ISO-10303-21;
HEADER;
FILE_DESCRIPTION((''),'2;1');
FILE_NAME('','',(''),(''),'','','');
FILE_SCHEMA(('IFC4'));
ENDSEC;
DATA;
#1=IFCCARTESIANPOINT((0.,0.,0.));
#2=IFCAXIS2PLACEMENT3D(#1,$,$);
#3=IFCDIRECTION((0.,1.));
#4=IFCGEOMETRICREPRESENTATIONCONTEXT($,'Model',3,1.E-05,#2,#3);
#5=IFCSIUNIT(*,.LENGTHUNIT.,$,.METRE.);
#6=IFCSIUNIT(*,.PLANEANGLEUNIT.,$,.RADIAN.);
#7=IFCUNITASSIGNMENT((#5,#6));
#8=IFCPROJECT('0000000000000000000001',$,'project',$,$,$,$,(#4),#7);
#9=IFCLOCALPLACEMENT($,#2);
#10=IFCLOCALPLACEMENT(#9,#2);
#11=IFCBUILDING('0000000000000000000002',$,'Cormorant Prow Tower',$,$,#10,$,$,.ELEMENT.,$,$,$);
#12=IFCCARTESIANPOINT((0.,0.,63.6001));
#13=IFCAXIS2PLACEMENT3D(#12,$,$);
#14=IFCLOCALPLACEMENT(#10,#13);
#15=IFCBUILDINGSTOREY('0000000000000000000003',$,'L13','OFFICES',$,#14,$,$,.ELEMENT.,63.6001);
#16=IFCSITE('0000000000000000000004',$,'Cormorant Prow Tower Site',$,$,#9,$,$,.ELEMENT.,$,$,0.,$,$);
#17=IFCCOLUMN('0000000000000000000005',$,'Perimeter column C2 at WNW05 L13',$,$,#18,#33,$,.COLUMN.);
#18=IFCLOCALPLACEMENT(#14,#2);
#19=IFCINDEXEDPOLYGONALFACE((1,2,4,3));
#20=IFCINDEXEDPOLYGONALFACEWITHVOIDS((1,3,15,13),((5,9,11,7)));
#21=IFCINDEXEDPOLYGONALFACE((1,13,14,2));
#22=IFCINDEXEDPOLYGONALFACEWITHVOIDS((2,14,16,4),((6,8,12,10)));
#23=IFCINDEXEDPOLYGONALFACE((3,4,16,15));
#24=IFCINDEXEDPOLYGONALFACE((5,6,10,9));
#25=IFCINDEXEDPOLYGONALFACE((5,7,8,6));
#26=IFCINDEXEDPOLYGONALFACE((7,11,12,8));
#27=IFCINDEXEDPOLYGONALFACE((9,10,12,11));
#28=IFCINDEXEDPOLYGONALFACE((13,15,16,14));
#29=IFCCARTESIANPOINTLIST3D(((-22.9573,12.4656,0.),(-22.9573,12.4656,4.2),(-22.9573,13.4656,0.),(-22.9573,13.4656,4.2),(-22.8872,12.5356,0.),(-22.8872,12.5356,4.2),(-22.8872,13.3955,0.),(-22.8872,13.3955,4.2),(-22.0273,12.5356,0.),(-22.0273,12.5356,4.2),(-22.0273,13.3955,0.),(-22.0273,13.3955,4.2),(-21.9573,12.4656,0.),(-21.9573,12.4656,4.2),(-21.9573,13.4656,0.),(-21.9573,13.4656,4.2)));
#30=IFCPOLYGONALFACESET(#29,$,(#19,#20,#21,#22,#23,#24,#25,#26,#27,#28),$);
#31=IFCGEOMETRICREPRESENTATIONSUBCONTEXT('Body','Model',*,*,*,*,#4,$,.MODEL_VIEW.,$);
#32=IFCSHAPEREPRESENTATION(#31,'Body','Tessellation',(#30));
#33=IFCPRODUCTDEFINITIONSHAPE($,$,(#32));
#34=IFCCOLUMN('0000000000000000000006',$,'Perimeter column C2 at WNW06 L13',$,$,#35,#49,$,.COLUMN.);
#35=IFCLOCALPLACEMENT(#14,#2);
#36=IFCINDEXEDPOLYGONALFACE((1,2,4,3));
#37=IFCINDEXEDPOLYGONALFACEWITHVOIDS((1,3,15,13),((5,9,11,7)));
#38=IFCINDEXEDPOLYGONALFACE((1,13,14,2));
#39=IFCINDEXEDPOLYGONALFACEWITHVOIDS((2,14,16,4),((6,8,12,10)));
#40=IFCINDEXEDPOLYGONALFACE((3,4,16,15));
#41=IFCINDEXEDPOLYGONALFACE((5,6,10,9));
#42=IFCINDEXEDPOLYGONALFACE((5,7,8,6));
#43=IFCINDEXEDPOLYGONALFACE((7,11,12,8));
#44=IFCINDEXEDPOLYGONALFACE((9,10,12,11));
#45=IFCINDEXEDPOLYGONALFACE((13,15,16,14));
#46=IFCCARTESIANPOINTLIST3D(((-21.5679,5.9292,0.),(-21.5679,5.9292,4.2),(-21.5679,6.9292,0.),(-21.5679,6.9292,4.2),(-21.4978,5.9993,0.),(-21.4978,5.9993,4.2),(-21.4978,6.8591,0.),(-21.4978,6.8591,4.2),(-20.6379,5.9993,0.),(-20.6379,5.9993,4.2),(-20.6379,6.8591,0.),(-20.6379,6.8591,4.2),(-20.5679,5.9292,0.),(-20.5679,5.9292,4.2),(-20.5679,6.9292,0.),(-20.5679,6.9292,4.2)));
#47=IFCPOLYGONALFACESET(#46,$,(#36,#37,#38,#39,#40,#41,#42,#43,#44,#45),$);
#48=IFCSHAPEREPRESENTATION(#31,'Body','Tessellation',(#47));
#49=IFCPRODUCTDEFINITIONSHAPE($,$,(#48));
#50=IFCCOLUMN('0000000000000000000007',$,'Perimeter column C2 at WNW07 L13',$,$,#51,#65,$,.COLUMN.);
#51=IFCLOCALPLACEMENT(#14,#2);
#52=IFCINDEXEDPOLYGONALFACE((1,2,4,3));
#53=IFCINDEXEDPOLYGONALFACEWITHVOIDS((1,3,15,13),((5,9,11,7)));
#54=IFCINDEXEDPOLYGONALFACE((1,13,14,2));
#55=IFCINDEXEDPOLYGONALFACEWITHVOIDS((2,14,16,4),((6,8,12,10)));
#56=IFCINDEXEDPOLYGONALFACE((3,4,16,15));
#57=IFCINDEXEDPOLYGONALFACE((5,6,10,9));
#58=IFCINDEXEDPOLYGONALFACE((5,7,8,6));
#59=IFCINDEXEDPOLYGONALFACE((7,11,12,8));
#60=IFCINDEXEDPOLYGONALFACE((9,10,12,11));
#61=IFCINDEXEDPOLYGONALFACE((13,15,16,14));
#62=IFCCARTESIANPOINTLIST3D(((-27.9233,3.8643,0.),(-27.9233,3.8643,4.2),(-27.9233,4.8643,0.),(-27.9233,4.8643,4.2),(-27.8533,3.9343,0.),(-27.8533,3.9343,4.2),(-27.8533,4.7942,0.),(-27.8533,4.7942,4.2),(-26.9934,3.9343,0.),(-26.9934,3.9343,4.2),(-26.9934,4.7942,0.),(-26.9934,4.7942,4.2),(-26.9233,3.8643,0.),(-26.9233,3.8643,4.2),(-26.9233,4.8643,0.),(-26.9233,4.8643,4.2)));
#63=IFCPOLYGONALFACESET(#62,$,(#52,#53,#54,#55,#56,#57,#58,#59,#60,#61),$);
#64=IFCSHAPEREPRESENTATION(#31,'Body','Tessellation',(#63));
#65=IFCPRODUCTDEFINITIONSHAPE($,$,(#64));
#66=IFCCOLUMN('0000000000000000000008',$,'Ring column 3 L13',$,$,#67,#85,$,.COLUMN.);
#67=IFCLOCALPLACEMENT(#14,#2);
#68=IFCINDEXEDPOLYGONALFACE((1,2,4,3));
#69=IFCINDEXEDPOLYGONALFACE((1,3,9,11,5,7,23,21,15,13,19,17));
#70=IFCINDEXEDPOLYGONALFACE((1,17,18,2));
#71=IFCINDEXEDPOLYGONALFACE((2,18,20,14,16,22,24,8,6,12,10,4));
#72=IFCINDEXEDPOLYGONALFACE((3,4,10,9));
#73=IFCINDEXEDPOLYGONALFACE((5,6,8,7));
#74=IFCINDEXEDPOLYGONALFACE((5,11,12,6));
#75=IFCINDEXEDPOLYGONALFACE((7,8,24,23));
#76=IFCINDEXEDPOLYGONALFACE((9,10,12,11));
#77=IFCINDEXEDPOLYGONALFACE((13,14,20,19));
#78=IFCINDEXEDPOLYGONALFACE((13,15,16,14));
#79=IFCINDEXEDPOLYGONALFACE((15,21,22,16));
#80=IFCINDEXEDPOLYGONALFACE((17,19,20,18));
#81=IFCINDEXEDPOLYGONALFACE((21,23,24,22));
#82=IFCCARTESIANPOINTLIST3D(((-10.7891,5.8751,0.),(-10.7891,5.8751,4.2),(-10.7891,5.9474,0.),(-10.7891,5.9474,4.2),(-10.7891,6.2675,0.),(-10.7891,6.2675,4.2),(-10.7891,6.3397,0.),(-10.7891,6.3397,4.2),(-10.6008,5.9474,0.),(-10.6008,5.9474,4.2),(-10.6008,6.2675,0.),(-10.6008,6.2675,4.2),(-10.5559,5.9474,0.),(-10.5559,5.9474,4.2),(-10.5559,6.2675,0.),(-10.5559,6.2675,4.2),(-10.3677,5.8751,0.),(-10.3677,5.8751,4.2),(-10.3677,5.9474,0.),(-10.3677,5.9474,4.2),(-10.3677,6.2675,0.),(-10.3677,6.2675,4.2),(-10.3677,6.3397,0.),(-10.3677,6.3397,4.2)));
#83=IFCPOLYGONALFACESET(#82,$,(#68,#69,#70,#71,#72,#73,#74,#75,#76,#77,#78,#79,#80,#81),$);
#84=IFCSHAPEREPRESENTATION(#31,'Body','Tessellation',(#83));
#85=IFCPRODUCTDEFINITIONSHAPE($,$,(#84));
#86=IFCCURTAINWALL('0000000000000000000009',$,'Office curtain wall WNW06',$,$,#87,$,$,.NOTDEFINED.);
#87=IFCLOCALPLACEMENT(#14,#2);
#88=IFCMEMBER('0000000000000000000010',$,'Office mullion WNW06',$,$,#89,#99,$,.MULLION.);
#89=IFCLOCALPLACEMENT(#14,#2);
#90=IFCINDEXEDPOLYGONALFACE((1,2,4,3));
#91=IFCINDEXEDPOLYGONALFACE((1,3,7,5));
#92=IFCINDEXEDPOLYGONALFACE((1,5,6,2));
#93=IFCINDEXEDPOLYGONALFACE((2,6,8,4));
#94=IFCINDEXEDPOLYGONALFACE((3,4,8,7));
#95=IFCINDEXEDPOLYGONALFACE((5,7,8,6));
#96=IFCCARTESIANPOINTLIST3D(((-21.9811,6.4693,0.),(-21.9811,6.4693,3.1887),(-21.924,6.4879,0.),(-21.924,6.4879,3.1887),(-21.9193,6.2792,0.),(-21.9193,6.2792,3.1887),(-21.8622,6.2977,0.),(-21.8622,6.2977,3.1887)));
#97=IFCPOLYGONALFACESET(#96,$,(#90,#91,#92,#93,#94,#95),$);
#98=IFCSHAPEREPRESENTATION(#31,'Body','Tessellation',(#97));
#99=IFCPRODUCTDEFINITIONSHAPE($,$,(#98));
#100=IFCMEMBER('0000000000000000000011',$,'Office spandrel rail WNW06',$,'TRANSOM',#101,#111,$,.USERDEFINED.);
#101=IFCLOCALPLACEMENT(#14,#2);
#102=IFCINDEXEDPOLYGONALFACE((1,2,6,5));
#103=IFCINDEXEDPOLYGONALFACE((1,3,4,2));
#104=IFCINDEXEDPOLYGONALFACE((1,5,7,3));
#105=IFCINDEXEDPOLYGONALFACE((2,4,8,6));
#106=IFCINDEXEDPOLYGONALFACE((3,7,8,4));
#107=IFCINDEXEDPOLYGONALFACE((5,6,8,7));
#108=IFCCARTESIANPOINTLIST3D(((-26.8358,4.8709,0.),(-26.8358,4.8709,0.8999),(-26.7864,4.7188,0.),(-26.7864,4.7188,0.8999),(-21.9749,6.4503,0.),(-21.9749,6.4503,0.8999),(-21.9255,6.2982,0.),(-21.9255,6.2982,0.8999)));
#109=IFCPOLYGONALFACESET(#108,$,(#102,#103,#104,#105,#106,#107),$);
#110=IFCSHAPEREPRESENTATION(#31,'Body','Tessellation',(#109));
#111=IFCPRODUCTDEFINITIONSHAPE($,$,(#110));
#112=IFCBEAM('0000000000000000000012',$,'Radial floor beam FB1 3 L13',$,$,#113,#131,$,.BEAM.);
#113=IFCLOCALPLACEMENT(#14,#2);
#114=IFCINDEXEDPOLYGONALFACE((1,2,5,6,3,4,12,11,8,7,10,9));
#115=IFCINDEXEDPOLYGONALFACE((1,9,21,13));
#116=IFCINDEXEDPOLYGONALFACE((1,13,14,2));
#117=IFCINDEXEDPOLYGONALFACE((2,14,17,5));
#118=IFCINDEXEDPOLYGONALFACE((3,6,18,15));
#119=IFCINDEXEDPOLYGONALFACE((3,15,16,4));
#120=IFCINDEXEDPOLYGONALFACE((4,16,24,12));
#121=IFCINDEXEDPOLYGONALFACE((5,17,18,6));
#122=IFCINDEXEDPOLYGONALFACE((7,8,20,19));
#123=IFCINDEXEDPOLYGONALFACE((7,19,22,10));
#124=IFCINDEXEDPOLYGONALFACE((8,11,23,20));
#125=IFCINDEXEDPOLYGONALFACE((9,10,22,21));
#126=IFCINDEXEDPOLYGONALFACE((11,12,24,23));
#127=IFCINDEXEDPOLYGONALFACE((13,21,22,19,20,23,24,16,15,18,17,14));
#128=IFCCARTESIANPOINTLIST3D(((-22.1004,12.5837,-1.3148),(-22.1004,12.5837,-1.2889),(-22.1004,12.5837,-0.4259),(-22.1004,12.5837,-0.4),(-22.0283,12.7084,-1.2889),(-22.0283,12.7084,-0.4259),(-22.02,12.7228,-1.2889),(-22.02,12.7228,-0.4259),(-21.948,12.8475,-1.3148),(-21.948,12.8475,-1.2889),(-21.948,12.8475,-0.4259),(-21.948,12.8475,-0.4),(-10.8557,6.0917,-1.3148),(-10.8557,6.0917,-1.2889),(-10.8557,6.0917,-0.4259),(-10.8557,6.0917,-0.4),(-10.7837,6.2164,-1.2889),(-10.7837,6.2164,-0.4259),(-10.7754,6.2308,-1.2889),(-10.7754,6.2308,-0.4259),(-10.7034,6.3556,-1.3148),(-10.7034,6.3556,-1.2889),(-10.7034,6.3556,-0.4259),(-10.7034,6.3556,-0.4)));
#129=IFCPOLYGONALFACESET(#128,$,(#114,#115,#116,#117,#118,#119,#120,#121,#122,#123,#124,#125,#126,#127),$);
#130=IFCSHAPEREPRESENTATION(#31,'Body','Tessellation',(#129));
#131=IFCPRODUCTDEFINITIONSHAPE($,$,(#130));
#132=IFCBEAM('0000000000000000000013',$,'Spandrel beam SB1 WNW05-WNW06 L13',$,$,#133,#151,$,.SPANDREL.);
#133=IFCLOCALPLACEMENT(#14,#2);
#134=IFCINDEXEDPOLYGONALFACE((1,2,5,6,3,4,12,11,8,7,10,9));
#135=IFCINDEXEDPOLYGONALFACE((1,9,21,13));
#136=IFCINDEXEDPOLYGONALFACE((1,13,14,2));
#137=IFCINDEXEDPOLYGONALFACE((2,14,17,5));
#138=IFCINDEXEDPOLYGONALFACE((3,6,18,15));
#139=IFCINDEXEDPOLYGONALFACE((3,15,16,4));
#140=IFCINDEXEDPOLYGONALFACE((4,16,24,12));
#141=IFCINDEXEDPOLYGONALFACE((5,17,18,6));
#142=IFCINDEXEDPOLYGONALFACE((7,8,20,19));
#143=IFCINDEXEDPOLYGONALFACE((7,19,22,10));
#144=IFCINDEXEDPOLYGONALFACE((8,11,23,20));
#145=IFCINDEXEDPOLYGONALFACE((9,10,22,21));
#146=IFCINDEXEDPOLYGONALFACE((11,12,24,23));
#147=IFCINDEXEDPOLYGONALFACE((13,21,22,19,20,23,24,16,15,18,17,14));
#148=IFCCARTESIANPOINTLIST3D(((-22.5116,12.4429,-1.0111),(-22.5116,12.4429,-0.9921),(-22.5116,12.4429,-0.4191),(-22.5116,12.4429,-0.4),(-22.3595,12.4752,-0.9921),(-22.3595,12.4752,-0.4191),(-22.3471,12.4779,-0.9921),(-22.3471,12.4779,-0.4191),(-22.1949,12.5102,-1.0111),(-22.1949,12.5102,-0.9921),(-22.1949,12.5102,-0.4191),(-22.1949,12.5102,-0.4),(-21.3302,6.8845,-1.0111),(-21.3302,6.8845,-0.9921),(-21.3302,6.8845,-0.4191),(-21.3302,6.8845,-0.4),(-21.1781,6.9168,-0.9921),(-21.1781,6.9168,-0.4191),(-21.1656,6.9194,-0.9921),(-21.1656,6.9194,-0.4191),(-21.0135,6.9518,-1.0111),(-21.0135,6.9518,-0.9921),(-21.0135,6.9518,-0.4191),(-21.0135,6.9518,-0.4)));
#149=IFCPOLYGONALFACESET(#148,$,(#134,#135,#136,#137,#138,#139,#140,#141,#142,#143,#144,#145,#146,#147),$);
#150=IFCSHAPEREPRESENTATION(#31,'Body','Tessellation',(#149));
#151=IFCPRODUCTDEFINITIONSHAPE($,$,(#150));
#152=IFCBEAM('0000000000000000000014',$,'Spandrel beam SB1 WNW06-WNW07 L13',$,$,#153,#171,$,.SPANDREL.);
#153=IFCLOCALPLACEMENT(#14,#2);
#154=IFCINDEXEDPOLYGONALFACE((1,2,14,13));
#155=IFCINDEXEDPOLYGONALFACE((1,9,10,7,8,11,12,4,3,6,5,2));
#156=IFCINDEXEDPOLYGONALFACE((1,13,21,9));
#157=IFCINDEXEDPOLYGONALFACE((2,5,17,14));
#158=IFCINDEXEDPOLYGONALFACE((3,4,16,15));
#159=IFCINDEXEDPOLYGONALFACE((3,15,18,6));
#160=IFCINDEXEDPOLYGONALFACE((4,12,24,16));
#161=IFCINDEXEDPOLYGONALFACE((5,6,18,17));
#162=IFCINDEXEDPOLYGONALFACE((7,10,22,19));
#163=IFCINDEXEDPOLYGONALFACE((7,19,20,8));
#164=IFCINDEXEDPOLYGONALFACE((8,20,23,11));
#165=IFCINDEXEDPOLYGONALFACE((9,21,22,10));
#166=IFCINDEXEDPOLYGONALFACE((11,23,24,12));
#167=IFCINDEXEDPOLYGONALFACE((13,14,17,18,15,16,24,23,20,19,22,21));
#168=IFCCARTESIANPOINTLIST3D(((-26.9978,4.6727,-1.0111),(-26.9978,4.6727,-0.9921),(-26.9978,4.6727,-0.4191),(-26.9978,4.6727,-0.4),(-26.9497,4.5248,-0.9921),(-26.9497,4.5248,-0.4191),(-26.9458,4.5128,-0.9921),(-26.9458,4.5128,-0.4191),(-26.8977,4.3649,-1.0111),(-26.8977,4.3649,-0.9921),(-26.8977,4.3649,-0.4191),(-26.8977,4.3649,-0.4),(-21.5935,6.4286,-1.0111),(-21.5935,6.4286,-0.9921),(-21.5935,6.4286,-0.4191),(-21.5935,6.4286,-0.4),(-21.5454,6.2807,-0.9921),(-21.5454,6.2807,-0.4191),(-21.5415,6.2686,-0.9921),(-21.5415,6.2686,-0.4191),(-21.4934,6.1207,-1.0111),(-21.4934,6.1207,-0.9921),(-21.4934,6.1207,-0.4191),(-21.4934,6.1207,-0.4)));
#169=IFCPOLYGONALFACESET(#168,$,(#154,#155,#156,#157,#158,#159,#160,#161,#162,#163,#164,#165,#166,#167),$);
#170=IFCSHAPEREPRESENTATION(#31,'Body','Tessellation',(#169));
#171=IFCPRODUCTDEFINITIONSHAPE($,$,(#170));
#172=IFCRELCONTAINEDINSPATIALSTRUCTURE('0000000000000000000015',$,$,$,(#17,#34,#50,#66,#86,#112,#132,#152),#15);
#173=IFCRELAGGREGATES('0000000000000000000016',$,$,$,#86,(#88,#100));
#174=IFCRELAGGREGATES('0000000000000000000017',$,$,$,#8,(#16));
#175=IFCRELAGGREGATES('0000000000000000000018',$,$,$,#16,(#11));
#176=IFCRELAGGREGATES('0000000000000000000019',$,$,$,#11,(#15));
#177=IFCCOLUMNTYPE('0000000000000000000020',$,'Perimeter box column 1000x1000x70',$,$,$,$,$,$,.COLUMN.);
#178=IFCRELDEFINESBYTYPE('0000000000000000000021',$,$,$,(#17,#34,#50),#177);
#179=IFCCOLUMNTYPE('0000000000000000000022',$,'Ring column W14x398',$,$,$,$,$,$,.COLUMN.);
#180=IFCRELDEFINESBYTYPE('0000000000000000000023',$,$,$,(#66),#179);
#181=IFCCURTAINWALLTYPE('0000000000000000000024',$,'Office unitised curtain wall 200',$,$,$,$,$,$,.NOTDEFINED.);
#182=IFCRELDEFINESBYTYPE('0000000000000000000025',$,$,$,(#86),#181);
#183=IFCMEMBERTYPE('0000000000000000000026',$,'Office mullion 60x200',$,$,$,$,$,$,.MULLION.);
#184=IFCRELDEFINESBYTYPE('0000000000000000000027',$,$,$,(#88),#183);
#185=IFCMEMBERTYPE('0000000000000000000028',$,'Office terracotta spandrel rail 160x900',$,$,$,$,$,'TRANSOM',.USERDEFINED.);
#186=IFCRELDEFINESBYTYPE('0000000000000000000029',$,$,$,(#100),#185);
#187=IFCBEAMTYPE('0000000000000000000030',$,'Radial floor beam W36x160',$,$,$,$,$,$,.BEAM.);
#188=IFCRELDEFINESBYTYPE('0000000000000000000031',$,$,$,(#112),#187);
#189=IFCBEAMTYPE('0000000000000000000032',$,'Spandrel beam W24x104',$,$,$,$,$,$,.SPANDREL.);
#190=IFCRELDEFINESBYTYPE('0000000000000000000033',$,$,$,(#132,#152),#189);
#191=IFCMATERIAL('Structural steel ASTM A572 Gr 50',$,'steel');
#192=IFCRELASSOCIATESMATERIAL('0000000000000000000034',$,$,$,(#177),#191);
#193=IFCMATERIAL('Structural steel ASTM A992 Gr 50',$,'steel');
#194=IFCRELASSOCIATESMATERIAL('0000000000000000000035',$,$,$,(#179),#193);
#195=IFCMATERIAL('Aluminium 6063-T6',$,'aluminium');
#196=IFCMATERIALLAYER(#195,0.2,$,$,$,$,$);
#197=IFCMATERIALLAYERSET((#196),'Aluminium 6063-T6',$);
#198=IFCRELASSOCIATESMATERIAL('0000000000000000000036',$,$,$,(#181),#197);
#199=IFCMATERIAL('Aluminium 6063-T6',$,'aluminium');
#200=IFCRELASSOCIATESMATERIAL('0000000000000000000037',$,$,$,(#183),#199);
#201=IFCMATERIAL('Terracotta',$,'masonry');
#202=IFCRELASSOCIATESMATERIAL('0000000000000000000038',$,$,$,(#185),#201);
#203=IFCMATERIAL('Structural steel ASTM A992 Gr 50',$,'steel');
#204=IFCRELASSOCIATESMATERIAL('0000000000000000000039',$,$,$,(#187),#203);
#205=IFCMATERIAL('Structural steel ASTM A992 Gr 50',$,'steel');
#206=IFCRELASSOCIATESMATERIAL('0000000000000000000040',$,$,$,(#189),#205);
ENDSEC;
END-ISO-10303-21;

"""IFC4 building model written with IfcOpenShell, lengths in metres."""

from ifc_helpers import new_model, si_unit, direction, frame, origin, origin_2d, place, context, subcontext, project, spatial, rectangle, hollow_rectangle, i_section, extrude, material, layer, layer_set, material_profile, profile_set, type_object, element, aggregate, save


model = new_model("IFC4")

# Units and contexts
model_context = context("Model", 3, precision=1e-05, world=origin(), true_north=direction((0.0, 1.0)))
body_context = subcontext(model_context, "Body", "Model", "MODEL_VIEW")
ifc_project = project(units=[si_unit("LENGTHUNIT", "METRE"), si_unit("PLANEANGLEUNIT", "RADIAN")], contexts=[model_context])

# Site, building, storey
site_placement = place(None, origin())
site = spatial("IfcSite", under=ifc_project, at=site_placement, Name="Cormorant Prow Tower Site", CompositionType="ELEMENT", RefElevation=0.0)
building_placement = place(site_placement, origin())
building = spatial("IfcBuilding", under=site, at=building_placement, Name="Cormorant Prow Tower", CompositionType="ELEMENT")
storey_placement = place(building_placement, frame((0.0, 0.0, 63.6001)))
storey = spatial("IfcBuildingStorey", under=building, at=storey_placement, Name="L13", Description="OFFICES", CompositionType="ELEMENT", Elevation=63.6001)

# Columns
ifc_material_1 = material(Name="Structural steel ASTM A572 Gr 50", Category="steel")
ifc_material_profile_1 = material_profile(ifc_material_1, hollow_rectangle(XDim=1.0, YDim=1.0, WallThickness=0.0701, at=origin_2d()), Name="Box 1000x1000x70")
ifc_profile_set_1 = profile_set([ifc_material_profile_1], Name="Structural steel ASTM A572 Gr 50")
column_type_1 = type_object("IfcColumnType", Name="Perimeter box column 1000x1000x70", PredefinedType="COLUMN", material=ifc_profile_set_1)
for number, where, z_axis, x_axis, name in (
    (1, (-22.4573, 12.9656, 0.0), (0.0, 0.0, 1.0), (1.0, 0.0, 0.0), "Perimeter column C2 at WNW05 L13"),
    (2, (-21.0679, 6.4292, 0.0), (0.0, 0.0, 1.0), (1.0, 0.0, 0.0), "Perimeter column C2 at WNW06 L13"),
    (3, (-27.4233, 4.3643, 0.0), (0.0, 0.0, 1.0), (1.0, 0.0, 0.0), "Perimeter column C2 at WNW07 L13"),
):
    element("IfcColumn", number, at=place(storey_placement, frame(where, z_axis=z_axis, x_axis=x_axis)), inside=storey, type_object=column_type_1, Name=name, PredefinedType="COLUMN", context=body_context, shape_type="SweptSolid", body=[
        extrude(hollow_rectangle(XDim=1.0, YDim=1.0, WallThickness=0.0701, at=origin_2d()), origin(), (0.0, 0.0, 1.0), 4.2),
    ])
ifc_material_2 = material(Name="Structural steel ASTM A992 Gr 50", Category="steel")
ifc_material_profile_2 = material_profile(ifc_material_2, i_section(OverallWidth=0.4214, OverallDepth=0.4646, WebThickness=0.0449, FlangeThickness=0.0723, at=origin_2d()), Name="W14x398")
ifc_profile_set_2 = profile_set([ifc_material_profile_2], Name="Structural steel ASTM A992 Gr 50")
column_type_2 = type_object("IfcColumnType", Name="Ring column W14x398", PredefinedType="COLUMN", material=ifc_profile_set_2)
column_placement = place(storey_placement, frame((-10.5784, 6.1074, 0.0), z_axis=(0.0, 0.0, 1.0), x_axis=(1.0, 0.0, 0.0)))
element("IfcColumn", 4, at=column_placement, inside=storey, type_object=column_type_2, Name="Ring column 3 L13", PredefinedType="COLUMN", context=body_context, shape_type="SweptSolid", body=[
    extrude(i_section(OverallWidth=0.4214, OverallDepth=0.4646, WebThickness=0.0449, FlangeThickness=0.0723, at=origin_2d()), origin(), (0.0, 0.0, 1.0), 4.2),
])

# Curtain wall, members
ifc_material_3 = material(Name="Aluminium 6063-T6", Category="aluminium")
ifc_layer_1 = layer(ifc_material_3, 0.2)
ifc_layer_set_1 = layer_set([ifc_layer_1], Name="Aluminium 6063-T6")
curtain_wall_type = type_object("IfcCurtainWallType", Name="Office unitised curtain wall 200", PredefinedType="NOTDEFINED", material=ifc_layer_set_1)
curtain_wall_1_placement = place(storey_placement, origin())
curtain_wall_1 = element("IfcCurtainWall", 5, at=curtain_wall_1_placement, inside=storey, type_object=curtain_wall_type, Name="Office curtain wall WNW06", PredefinedType="NOTDEFINED")
ifc_material_4 = material(Name="Aluminium 6063-T6", Category="aluminium")
ifc_material_profile_3 = material_profile(ifc_material_4, rectangle(XDim=0.2, YDim=0.0601, at=origin_2d()), Name="Office mullion 60x200")
ifc_profile_set_3 = profile_set([ifc_material_profile_3], Name="Aluminium 6063-T6")
member_type_1 = type_object("IfcMemberType", Name="Office mullion 60x200", PredefinedType="MULLION", material=ifc_profile_set_3)
member_1_placement = place(storey_placement, frame((-21.9216, 6.3835, 0.0), z_axis=(0.0, 0.0, 1.0), x_axis=(0.309017, -0.951057, 0.0)))
member_1 = element("IfcMember", 6, at=member_1_placement, type_object=member_type_1, Name="Office mullion WNW06", PredefinedType="MULLION", context=body_context, shape_type="SweptSolid", body=[
    extrude(rectangle(XDim=0.2, YDim=0.0601, at=origin_2d()), origin(), (0.0, 0.0, 1.0), 3.1887),
])
ifc_material_5 = material(Name="Terracotta", Category="masonry")
ifc_material_profile_4 = material_profile(ifc_material_5, rectangle(XDim=0.1599, YDim=0.8999, at=origin_2d()), Name="Office terracotta spandrel rail 160x900")
ifc_profile_set_4 = profile_set([ifc_material_profile_4], Name="Terracotta")
member_type_2 = type_object("IfcMemberType", Name="Office terracotta spandrel rail 160x900", ElementType="TRANSOM", PredefinedType="USERDEFINED", material=ifc_profile_set_4)
member_2_placement = place(storey_placement, frame((-21.9502, 6.3743, 0.45), z_axis=(-0.951059, -0.30901, 0.0), x_axis=(0.30901, -0.951059, 0.0)))
member_2 = element("IfcMember", 7, at=member_2_placement, type_object=member_type_2, Name="Office spandrel rail WNW06", ObjectType="TRANSOM", PredefinedType="USERDEFINED", context=body_context, shape_type="SweptSolid", body=[
    extrude(rectangle(XDim=0.1599, YDim=0.8999, at=origin_2d()), origin(), (0.0, 0.0, 1.0), 5.1111),
])

# Beams
ifc_material_6 = material(Name="Structural steel ASTM A992 Gr 50", Category="steel")
ifc_material_profile_5 = material_profile(ifc_material_6, i_section(OverallWidth=0.3047, OverallDepth=0.9148, WebThickness=0.0166, FlangeThickness=0.0259, at=origin_2d()), Name="W36x160")
ifc_profile_set_5 = profile_set([ifc_material_profile_5], Name="Structural steel ASTM A992 Gr 50")
beam_type_1 = type_object("IfcBeamType", Name="Radial floor beam W36x160", PredefinedType="BEAM", material=ifc_profile_set_5)
beam_1_placement = place(storey_placement, frame((-10.7795, 6.2236, -0.8574), z_axis=(-0.86603, 0.499992, 0.0), x_axis=(-0.499992, -0.86603, 0.0)))
element("IfcBeam", 8, at=beam_1_placement, inside=storey, type_object=beam_type_1, Name="Radial floor beam FB1 3 L13", PredefinedType="BEAM", context=body_context, shape_type="SweptSolid", body=[
    extrude(i_section(OverallWidth=0.3047, OverallDepth=0.9148, WebThickness=0.0166, FlangeThickness=0.0259, at=origin_2d()), origin(), (0.0, 0.0, 1.0), 12.9841),
])
ifc_material_7 = material(Name="Structural steel ASTM A992 Gr 50", Category="steel")
ifc_material_profile_6 = material_profile(ifc_material_7, i_section(OverallWidth=0.3237, OverallDepth=0.6111, WebThickness=0.0127, FlangeThickness=0.019, at=origin_2d()), Name="W24x104")
ifc_profile_set_6 = profile_set([ifc_material_profile_6], Name="Structural steel ASTM A992 Gr 50")
beam_type_2 = type_object("IfcBeamType", Name="Spandrel beam W24x104", PredefinedType="SPANDREL", material=ifc_profile_set_6)
beam_2_placement = place(storey_placement, frame((-22.3533, 12.4766, -0.7056), z_axis=(0.2079, -0.97815, 0.0), x_axis=(0.97815, 0.2079, 0.0)))
element("IfcBeam", 9, at=beam_2_placement, inside=storey, type_object=beam_type_2, Name="Spandrel beam SB1 WNW05-WNW06 L13", PredefinedType="SPANDREL", context=body_context, shape_type="SweptSolid", body=[
    extrude(i_section(OverallWidth=0.3237, OverallDepth=0.6111, WebThickness=0.0127, FlangeThickness=0.019, at=origin_2d()), origin(), (0.0, 0.0, 1.0), 5.6826),
])
beam_3_placement = place(storey_placement, frame((-21.5435, 6.2747, -0.7056), z_axis=(-0.951062, -0.309001, 0.0), x_axis=(0.309001, -0.951062, 0.0)))
element("IfcBeam", 10, at=beam_3_placement, inside=storey, type_object=beam_type_2, Name="Spandrel beam SB1 WNW06-WNW07 L13", PredefinedType="SPANDREL", context=body_context, shape_type="SweptSolid", body=[
    extrude(i_section(OverallWidth=0.3237, OverallDepth=0.6111, WebThickness=0.0127, FlangeThickness=0.019, at=origin_2d()), origin(), (0.0, 0.0, 1.0), 5.6824),
])

aggregate(curtain_wall_1, [member_1, member_2])

save(model, "model.ifc")
